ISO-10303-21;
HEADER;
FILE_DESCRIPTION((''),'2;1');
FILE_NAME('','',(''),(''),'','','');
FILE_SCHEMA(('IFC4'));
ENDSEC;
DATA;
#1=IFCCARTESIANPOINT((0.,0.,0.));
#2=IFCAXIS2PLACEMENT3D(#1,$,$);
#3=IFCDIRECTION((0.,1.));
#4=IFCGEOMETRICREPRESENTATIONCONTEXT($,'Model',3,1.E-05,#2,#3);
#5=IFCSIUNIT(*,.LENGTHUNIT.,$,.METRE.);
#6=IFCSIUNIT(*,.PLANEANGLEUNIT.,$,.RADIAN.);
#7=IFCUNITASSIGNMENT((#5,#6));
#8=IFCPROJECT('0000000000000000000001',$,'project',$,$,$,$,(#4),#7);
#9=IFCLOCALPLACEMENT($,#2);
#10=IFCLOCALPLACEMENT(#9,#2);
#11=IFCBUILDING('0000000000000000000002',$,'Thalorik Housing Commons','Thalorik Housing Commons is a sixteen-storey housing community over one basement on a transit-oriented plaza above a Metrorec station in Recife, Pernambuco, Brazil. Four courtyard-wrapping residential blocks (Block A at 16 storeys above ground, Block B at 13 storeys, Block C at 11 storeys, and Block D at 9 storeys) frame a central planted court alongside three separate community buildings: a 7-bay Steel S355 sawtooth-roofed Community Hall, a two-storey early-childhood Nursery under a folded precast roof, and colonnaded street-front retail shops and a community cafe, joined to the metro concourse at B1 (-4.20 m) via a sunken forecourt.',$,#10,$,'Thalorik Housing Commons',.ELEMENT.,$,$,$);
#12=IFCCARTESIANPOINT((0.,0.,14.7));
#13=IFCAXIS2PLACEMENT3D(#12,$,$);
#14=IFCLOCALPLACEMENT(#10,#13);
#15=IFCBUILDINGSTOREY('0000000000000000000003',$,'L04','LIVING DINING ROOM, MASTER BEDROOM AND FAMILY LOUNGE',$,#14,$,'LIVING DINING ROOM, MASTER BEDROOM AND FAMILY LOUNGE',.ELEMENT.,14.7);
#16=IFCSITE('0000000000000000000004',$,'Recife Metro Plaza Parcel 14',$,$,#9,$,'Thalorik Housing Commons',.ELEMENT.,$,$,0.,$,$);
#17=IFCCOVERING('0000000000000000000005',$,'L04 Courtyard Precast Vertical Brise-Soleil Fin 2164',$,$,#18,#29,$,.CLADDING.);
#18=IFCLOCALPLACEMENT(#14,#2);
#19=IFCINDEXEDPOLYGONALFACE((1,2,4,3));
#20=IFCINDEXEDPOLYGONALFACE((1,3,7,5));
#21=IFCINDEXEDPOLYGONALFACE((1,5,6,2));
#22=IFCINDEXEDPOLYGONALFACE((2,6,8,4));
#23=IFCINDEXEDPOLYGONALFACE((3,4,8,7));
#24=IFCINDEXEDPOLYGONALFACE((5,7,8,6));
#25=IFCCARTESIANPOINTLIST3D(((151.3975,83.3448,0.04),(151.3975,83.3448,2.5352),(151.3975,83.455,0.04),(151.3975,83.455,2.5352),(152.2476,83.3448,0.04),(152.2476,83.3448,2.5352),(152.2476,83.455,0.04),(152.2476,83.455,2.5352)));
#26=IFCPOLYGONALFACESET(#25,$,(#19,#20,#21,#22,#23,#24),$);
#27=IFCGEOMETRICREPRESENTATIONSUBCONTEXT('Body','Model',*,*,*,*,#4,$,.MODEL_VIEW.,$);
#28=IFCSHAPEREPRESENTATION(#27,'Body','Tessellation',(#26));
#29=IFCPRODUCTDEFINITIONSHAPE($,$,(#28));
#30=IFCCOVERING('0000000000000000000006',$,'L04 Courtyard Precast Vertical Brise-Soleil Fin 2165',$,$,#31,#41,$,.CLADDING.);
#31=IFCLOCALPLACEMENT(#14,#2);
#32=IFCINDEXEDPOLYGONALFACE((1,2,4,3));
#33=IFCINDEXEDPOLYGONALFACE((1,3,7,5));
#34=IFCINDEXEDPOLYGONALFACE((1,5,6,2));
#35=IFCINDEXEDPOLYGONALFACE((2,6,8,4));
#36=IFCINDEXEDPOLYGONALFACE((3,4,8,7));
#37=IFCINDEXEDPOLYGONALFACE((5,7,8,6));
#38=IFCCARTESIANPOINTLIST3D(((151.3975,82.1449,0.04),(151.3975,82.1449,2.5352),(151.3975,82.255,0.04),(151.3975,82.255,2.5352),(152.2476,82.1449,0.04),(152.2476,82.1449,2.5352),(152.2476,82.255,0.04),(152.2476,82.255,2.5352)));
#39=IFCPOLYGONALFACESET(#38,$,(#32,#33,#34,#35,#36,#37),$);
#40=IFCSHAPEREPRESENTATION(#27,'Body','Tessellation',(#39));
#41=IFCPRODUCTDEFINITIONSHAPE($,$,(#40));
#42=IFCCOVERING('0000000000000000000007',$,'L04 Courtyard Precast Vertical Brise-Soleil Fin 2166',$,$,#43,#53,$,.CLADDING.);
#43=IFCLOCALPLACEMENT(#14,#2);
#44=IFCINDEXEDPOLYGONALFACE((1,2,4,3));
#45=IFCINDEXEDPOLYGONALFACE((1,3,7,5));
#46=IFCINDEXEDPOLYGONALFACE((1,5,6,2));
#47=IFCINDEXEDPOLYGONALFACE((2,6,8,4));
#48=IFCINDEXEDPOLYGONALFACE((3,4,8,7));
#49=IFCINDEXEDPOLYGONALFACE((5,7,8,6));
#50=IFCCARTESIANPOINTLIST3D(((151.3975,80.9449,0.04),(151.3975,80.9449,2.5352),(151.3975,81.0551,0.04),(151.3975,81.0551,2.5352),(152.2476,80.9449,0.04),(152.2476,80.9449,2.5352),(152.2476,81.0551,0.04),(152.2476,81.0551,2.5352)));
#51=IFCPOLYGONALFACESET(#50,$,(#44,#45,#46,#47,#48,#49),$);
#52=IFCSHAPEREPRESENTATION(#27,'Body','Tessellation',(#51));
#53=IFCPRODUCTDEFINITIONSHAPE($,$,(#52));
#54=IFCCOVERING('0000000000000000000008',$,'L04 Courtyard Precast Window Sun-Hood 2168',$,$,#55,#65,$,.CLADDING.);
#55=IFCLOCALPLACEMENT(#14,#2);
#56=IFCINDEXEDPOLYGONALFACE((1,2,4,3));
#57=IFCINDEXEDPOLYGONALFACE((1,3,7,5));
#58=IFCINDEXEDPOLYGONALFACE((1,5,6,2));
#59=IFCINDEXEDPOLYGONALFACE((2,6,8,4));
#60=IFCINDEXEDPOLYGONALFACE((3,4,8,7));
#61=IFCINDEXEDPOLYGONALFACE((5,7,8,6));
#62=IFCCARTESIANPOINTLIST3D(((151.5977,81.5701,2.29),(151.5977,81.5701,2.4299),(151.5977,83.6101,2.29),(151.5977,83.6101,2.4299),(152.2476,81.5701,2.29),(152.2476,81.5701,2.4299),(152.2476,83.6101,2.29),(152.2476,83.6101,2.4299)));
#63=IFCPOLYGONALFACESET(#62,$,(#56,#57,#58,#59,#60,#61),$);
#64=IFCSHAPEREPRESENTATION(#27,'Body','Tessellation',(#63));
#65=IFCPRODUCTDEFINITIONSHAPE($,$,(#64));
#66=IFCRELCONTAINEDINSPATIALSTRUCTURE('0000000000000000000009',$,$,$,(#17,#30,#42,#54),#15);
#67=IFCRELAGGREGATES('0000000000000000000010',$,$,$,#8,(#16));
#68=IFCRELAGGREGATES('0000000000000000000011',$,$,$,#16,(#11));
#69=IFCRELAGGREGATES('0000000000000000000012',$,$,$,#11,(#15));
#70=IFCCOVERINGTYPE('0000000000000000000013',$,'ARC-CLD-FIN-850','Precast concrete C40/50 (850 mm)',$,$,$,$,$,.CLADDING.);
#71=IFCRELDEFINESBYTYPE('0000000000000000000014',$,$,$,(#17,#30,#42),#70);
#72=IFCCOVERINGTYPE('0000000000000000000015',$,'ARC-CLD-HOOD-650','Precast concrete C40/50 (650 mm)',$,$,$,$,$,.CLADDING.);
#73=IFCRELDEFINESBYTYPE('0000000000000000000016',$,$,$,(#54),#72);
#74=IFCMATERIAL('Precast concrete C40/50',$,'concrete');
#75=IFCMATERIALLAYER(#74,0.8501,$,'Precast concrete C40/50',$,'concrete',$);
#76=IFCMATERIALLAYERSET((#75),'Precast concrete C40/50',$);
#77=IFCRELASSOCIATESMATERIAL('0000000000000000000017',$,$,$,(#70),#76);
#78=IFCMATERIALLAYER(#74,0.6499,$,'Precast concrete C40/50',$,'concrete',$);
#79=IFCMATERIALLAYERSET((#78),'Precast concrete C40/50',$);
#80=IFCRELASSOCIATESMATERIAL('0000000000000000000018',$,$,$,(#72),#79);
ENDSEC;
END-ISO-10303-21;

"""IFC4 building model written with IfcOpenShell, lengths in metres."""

from ifc_helpers import new_model, si_unit, direction, frame, origin, origin_2d, place, context, subcontext, project, spatial, rectangle, extrude, material, layer, layer_set, type_object, element, save


model = new_model("IFC4")

# Units and contexts
model_context = context("Model", 3, precision=1e-05, world=origin(), true_north=direction((0.0, 1.0)))
body_context = subcontext(model_context, "Body", "Model", "MODEL_VIEW")
ifc_project = project(units=[si_unit("LENGTHUNIT", "METRE"), si_unit("PLANEANGLEUNIT", "RADIAN")], contexts=[model_context])

# Site, building, storey
site_placement = place(None, origin())
site = spatial("IfcSite", under=ifc_project, at=site_placement, Name="Recife Metro Plaza Parcel 14", LongName="Thalorik Housing Commons", CompositionType="ELEMENT", RefElevation=0.0)
building_placement = place(site_placement, origin())
building = spatial("IfcBuilding", under=site, at=building_placement, Name="Thalorik Housing Commons", Description="Thalorik Housing Commons is a sixteen-storey housing community over one basement on a transit-oriented plaza above a Metrorec station in Recife, Pernambuco, Brazil. Four courtyard-wrapping residential blocks (Block A at 16 storeys above ground, Block B at 13 storeys, Block C at 11 storeys, and Block D at 9 storeys) frame a central planted court alongside three separate community buildings: a 7-bay Steel S355 sawtooth-roofed Community Hall, a two-storey early-childhood Nursery under a folded precast roof, and colonnaded street-front retail shops and a community cafe, joined to the metro concourse at B1 (-4.20 m) via a sunken forecourt.", LongName="Thalorik Housing Commons", CompositionType="ELEMENT")
storey_placement = place(building_placement, frame((0.0, 0.0, 14.7)))
storey = spatial("IfcBuildingStorey", under=building, at=storey_placement, Name="L04", Description="LIVING DINING ROOM, MASTER BEDROOM AND FAMILY LOUNGE", LongName="LIVING DINING ROOM, MASTER BEDROOM AND FAMILY LOUNGE", CompositionType="ELEMENT", Elevation=14.7)

# Shared definitions
ifc_material_1 = material(Name="Precast concrete C40/50", Category="concrete")

# Coverings
ifc_layer_1 = layer(ifc_material_1, 0.8501, Name="Precast concrete C40/50", Category="concrete")
ifc_layer_set_1 = layer_set([ifc_layer_1], Name="Precast concrete C40/50")
covering_type_1 = type_object("IfcCoveringType", Name="ARC-CLD-FIN-850", Description="Precast concrete C40/50 (850 mm)", PredefinedType="CLADDING", material=ifc_layer_set_1)
for number, where, z_axis, x_axis, name in (
    (1, (151.8225, 83.3999, 0.04), (0.0, 0.0, 1.0), (0.0, -1.0, 0.0), "L04 Courtyard Precast Vertical Brise-Soleil Fin 2164"),
    (2, (151.8225, 82.2, 0.04), (0.0, 0.0, 1.0), (0.0, -1.0, 0.0), "L04 Courtyard Precast Vertical Brise-Soleil Fin 2165"),
    (3, (151.8225, 81.0, 0.04), (0.0, 0.0, 1.0), (0.0, -1.0, 0.0), "L04 Courtyard Precast Vertical Brise-Soleil Fin 2166"),
):
    element("IfcCovering", number, at=place(storey_placement, frame(where, z_axis=z_axis, x_axis=x_axis)), inside=storey, type_object=covering_type_1, Name=name, PredefinedType="CLADDING", context=body_context, shape_type="SweptSolid", body=[
        extrude(rectangle(XDim=0.1101, YDim=0.8501, at=origin_2d()), origin(), (0.0, 0.0, 1.0), 2.4951),
    ])
ifc_layer_2 = layer(ifc_material_1, 0.6499, Name="Precast concrete C40/50", Category="concrete")
ifc_layer_set_2 = layer_set([ifc_layer_2], Name="Precast concrete C40/50")
covering_type_2 = type_object("IfcCoveringType", Name="ARC-CLD-HOOD-650", Description="Precast concrete C40/50 (650 mm)", PredefinedType="CLADDING", material=ifc_layer_set_2)
covering_placement = place(storey_placement, frame((151.9226, 82.5901, 2.29), z_axis=(0.0, 0.0, 1.0), x_axis=(0.0, -1.0, 0.0)))
element("IfcCovering", 4, at=covering_placement, inside=storey, type_object=covering_type_2, Name="L04 Courtyard Precast Window Sun-Hood 2168", PredefinedType="CLADDING", context=body_context, shape_type="SweptSolid", body=[
    extrude(rectangle(XDim=2.04, YDim=0.6499, at=origin_2d()), origin(), (0.0, 0.0, 1.0), 0.1399),
])

save(model, "model.ifc")
